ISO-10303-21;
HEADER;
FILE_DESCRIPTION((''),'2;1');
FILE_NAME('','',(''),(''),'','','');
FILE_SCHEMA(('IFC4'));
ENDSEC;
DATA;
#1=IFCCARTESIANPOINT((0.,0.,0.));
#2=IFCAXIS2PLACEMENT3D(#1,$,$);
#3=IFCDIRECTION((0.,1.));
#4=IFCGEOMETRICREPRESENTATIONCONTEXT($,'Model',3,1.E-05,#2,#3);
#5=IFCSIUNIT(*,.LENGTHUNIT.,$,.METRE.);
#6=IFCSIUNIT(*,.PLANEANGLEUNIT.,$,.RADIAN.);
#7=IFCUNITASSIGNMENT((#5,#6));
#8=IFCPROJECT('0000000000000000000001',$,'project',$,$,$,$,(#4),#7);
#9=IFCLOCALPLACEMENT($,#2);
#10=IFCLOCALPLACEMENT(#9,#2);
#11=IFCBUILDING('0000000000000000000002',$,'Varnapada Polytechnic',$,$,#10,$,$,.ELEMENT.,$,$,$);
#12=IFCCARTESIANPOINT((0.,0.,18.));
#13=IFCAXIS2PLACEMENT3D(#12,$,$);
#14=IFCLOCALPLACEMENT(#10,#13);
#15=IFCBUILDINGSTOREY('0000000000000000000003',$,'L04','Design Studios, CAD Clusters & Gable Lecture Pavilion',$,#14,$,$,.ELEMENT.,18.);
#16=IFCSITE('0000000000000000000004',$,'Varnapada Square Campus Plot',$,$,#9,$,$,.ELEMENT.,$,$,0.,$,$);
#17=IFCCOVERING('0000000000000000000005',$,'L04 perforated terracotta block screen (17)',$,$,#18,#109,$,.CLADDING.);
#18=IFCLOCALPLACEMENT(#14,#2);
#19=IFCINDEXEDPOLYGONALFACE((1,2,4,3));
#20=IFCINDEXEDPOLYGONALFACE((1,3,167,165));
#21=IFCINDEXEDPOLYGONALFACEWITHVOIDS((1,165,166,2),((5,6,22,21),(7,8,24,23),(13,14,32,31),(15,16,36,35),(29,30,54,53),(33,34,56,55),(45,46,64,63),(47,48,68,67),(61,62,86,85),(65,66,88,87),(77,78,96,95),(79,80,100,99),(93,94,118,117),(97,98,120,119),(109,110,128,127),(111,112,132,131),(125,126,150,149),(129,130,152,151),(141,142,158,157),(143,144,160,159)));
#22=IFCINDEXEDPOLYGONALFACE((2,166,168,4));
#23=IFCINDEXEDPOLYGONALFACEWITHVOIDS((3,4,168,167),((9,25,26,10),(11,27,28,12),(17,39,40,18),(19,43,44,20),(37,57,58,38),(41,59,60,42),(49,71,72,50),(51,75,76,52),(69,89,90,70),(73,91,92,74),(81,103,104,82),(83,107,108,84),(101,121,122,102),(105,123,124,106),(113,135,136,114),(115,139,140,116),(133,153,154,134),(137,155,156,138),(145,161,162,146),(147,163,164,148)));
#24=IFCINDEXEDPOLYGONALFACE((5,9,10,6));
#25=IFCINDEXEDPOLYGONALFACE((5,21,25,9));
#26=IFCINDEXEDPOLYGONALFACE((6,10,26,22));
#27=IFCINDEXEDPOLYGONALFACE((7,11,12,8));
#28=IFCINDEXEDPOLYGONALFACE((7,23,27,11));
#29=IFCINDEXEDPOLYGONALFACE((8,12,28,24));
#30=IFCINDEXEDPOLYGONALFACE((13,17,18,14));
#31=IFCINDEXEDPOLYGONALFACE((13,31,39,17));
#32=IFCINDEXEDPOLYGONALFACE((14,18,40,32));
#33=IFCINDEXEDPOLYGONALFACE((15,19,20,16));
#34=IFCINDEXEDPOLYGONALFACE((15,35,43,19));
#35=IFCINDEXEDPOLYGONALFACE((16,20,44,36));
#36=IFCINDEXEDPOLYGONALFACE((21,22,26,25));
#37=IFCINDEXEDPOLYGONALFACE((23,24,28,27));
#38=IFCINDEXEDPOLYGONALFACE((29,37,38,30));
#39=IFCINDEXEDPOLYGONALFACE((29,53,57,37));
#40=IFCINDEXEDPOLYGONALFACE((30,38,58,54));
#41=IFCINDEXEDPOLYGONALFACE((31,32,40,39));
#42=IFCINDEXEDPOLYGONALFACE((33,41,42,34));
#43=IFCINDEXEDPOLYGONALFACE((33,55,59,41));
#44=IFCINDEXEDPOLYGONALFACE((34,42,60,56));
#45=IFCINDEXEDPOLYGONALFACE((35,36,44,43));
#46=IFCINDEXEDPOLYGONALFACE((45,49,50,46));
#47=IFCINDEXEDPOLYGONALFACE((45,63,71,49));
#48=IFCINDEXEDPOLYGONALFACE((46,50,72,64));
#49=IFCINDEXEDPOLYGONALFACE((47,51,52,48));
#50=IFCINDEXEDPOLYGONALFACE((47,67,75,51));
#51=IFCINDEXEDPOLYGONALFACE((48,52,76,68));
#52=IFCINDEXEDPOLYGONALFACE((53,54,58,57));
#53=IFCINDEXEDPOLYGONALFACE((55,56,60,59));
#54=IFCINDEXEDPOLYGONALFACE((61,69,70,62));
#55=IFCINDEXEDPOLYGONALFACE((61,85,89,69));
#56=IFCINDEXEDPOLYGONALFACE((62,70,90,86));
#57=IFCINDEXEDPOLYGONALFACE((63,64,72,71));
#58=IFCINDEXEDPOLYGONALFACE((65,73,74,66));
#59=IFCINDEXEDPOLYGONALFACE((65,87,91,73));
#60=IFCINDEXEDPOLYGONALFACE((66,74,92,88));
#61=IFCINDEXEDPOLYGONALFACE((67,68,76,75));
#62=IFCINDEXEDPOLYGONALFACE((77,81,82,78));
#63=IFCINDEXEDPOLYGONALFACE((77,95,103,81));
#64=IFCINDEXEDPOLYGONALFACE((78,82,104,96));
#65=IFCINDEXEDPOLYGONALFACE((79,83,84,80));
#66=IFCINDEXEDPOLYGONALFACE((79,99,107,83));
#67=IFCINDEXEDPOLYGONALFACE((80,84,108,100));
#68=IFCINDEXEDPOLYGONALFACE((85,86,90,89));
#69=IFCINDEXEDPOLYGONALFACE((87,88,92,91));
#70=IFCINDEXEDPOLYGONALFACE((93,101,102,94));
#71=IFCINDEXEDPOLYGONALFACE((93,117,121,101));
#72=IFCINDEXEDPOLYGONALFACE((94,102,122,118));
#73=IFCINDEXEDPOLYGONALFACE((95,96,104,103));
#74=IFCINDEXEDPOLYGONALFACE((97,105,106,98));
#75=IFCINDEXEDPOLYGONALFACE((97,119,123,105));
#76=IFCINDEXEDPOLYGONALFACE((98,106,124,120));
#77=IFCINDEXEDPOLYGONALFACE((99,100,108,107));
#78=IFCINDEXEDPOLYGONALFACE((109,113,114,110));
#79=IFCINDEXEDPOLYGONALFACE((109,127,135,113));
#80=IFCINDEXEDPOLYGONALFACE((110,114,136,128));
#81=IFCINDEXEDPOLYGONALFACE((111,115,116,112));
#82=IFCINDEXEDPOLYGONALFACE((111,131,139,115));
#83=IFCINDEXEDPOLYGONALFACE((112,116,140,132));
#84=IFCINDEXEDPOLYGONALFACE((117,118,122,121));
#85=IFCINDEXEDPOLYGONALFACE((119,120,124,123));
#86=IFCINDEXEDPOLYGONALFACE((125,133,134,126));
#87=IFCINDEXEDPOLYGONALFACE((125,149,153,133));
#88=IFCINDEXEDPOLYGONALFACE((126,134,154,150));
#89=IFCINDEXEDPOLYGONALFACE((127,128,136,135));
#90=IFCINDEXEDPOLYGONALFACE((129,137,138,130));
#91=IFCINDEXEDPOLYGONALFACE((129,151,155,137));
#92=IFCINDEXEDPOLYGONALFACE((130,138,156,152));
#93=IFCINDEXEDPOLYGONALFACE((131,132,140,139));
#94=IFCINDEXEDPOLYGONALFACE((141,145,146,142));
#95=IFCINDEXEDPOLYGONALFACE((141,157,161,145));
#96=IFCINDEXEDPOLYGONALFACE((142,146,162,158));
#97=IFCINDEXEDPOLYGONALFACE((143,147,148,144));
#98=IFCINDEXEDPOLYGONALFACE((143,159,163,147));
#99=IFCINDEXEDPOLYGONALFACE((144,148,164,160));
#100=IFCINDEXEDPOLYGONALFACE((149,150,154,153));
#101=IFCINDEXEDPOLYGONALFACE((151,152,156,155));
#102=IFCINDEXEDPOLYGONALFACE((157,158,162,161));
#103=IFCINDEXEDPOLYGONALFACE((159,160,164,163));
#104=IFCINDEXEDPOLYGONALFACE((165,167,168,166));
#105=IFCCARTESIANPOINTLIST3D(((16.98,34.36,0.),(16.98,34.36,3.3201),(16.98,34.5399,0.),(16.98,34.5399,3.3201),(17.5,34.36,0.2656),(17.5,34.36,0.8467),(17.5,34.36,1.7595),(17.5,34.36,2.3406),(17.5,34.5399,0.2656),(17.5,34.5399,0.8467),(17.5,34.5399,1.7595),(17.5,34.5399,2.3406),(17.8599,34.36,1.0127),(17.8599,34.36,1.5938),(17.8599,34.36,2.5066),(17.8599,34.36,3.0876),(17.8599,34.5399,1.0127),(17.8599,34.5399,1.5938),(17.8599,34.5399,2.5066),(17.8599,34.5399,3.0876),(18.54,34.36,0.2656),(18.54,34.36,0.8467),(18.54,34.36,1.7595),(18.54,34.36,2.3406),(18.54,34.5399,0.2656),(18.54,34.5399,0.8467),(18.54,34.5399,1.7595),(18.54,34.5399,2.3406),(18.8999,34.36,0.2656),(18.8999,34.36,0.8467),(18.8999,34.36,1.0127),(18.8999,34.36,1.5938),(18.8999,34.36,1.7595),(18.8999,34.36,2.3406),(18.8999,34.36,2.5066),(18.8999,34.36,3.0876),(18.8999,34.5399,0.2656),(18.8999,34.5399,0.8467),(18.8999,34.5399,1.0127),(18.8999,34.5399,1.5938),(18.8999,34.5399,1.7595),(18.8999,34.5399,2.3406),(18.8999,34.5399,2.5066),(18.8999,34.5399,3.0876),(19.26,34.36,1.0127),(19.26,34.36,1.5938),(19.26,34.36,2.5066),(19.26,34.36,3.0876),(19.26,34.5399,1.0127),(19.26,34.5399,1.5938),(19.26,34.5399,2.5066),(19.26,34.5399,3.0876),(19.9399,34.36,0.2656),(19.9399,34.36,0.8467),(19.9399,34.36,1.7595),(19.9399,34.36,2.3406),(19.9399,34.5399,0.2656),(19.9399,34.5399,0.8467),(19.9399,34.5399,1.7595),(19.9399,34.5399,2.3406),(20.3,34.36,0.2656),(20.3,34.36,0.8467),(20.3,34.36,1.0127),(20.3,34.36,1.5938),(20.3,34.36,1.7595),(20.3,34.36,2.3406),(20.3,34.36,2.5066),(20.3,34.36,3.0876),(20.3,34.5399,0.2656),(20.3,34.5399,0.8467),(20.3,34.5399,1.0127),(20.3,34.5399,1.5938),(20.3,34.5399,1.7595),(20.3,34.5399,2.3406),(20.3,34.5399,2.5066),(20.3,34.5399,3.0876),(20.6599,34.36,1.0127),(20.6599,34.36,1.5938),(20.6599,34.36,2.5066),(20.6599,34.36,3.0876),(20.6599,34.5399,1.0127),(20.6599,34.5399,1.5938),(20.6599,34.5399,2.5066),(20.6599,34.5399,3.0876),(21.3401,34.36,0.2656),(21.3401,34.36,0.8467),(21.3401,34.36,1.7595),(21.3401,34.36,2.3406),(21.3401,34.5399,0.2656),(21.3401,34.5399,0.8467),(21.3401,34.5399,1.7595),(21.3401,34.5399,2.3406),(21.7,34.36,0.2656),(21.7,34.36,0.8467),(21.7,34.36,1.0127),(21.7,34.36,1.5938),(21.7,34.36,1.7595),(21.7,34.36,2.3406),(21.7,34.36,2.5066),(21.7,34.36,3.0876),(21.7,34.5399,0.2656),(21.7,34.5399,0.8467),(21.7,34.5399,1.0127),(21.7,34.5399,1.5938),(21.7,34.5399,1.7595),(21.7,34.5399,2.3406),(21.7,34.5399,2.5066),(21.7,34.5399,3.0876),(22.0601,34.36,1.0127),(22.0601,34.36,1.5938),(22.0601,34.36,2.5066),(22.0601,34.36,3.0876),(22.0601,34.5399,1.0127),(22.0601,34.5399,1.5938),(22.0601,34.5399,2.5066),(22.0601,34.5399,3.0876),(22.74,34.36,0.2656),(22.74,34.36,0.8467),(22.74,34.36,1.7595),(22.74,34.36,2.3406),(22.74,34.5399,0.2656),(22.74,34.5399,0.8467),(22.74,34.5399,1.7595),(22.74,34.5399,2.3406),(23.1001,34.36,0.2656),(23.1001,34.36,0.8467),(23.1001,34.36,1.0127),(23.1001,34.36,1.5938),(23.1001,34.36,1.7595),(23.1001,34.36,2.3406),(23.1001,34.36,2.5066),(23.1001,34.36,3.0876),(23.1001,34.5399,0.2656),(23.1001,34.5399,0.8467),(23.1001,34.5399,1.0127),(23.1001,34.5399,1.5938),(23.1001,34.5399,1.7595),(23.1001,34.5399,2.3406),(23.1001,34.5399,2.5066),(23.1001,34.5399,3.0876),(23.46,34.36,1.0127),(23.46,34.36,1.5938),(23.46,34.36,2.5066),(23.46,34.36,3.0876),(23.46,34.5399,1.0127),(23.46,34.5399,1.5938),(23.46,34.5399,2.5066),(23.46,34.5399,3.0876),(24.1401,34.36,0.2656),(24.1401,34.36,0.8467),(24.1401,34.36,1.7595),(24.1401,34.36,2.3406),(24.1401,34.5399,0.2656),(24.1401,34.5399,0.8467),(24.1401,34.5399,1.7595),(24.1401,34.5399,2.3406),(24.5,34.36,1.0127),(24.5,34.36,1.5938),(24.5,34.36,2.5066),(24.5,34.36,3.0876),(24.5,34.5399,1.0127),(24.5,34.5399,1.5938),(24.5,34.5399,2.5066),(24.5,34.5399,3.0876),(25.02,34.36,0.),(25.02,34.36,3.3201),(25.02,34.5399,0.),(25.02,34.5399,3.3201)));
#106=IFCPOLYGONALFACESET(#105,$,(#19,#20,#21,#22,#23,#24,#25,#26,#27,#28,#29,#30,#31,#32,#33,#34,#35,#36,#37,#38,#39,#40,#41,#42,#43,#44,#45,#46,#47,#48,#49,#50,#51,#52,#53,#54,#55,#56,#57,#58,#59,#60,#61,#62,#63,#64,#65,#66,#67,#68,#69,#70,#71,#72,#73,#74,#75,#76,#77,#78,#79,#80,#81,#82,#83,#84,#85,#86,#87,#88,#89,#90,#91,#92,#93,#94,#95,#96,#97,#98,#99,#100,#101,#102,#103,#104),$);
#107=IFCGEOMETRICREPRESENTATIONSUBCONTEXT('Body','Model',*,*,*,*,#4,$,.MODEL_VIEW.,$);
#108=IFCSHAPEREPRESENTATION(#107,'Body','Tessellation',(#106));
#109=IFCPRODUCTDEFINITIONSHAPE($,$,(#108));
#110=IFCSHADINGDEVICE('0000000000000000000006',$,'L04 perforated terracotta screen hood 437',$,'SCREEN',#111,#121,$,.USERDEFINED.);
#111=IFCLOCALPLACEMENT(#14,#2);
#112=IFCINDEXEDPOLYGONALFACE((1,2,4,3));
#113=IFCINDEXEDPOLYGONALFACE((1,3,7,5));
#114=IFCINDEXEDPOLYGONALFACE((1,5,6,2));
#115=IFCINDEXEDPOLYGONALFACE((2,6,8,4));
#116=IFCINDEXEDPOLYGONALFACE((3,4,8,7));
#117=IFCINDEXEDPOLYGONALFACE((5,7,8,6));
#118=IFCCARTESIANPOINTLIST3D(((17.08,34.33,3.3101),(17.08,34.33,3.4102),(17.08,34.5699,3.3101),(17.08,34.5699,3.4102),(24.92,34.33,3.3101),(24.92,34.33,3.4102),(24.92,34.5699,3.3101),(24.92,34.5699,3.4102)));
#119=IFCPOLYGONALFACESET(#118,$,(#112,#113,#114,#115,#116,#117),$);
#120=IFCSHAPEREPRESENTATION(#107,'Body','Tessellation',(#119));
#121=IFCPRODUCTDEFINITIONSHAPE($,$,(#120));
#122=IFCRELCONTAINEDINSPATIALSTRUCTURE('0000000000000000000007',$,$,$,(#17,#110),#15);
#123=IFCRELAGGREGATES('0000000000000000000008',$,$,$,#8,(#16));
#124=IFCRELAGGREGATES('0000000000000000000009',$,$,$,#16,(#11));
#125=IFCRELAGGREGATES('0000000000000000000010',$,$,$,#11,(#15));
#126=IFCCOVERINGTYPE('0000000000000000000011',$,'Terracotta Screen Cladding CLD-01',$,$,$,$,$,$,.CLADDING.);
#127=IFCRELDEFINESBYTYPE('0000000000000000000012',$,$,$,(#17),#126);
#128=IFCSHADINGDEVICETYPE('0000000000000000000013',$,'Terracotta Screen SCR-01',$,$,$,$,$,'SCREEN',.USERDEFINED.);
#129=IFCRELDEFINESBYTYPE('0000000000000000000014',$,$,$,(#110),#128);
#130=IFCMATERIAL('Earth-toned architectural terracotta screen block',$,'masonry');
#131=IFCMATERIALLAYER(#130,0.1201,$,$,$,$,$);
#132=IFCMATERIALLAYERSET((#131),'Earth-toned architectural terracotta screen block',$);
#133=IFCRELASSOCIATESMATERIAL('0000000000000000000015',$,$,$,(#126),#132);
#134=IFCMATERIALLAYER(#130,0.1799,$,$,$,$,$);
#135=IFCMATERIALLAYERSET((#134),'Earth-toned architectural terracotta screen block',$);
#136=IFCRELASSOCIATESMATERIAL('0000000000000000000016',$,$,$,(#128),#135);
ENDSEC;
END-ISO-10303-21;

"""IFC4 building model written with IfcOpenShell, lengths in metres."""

from ifc_helpers import new_model, si_unit, direction, frame, frame_2d, origin, origin_2d, place, context, subcontext, project, spatial, rectangle, extrude, material, layer, layer_set, type_object, element, save


model = new_model("IFC4")

# Units and contexts
model_context = context("Model", 3, precision=1e-05, world=origin(), true_north=direction((0.0, 1.0)))
body_context = subcontext(model_context, "Body", "Model", "MODEL_VIEW")
ifc_project = project(units=[si_unit("LENGTHUNIT", "METRE"), si_unit("PLANEANGLEUNIT", "RADIAN")], contexts=[model_context])

# Site, building, storey
site_placement = place(None, origin())
site = spatial("IfcSite", under=ifc_project, at=site_placement, Name="Varnapada Square Campus Plot", CompositionType="ELEMENT", RefElevation=0.0)
building_placement = place(site_placement, origin())
building = spatial("IfcBuilding", under=site, at=building_placement, Name="Varnapada Polytechnic", CompositionType="ELEMENT")
storey_placement = place(building_placement, frame((0.0, 0.0, 18.0)))
storey = spatial("IfcBuildingStorey", under=building, at=storey_placement, Name="L04", Description="Design Studios, CAD Clusters & Gable Lecture Pavilion", CompositionType="ELEMENT", Elevation=18.0)

# Covering, openings
ifc_material_1 = material(Name="Earth-toned architectural terracotta screen block", Category="masonry")
ifc_layer_1 = layer(ifc_material_1, 0.1201)
ifc_layer_set_1 = layer_set([ifc_layer_1], Name="Earth-toned architectural terracotta screen block")
covering_type = type_object("IfcCoveringType", Name="Terracotta Screen Cladding CLD-01", PredefinedType="CLADDING", material=ifc_layer_set_1)
covering_placement = place(storey_placement, frame((16.98, 34.45, 0.0), z_axis=(0.0, 0.0, 1.0), x_axis=(1.0, 0.0, 0.0)))
covering = element("IfcCovering", 1, at=covering_placement, inside=storey, type_object=covering_type, Name="L04 perforated terracotta block screen (17)", PredefinedType="CLADDING", context=body_context, shape_type="SweptSolid", body=[
    extrude(rectangle(XDim=8.04, YDim=0.1799, at=frame_2d((4.02, 0.0))), origin(), (0.0, 0.0, 1.0), 3.3201),
])
opening_1_placement = place(covering_placement, frame((0.52, 0.0, 0.2656)))
element("IfcOpeningElement", 2, at=opening_1_placement, cuts=covering, PredefinedType="OPENING", context=body_context, shape_type="SweptSolid", body=[
    extrude(rectangle(XDim=1.04, YDim=0.5811, at=frame_2d((0.52, 0.2905))), frame((0.0, 0.0999, 0.0), z_axis=(0.0, -1.0, 0.0), x_axis=(1.0, 0.0, 0.0)), (0.0, 0.0, 1.0), 0.2),
])
opening_2_placement = place(covering_placement, frame((1.9199, 0.0, 0.2656)))
element("IfcOpeningElement", 3, at=opening_2_placement, cuts=covering, PredefinedType="OPENING", context=body_context, shape_type="SweptSolid", body=[
    extrude(rectangle(XDim=1.04, YDim=0.5811, at=frame_2d((0.52, 0.2905))), frame((0.0, 0.0999, 0.0), z_axis=(0.0, -1.0, 0.0), x_axis=(1.0, 0.0, 0.0)), (0.0, 0.0, 1.0), 0.2),
])
opening_3_placement = place(covering_placement, frame((3.3201, 0.0, 0.2656)))
element("IfcOpeningElement", 4, at=opening_3_placement, cuts=covering, PredefinedType="OPENING", context=body_context, shape_type="SweptSolid", body=[
    extrude(rectangle(XDim=1.04, YDim=0.5811, at=frame_2d((0.52, 0.2905))), frame((0.0, 0.0999, 0.0), z_axis=(0.0, -1.0, 0.0), x_axis=(1.0, 0.0, 0.0)), (0.0, 0.0, 1.0), 0.2),
])
opening_4_placement = place(covering_placement, frame((4.72, 0.0, 0.2656)))
element("IfcOpeningElement", 5, at=opening_4_placement, cuts=covering, PredefinedType="OPENING", context=body_context, shape_type="SweptSolid", body=[
    extrude(rectangle(XDim=1.04, YDim=0.5811, at=frame_2d((0.52, 0.2905))), frame((0.0, 0.0999, 0.0), z_axis=(0.0, -1.0, 0.0), x_axis=(1.0, 0.0, 0.0)), (0.0, 0.0, 1.0), 0.2),
])
opening_5_placement = place(covering_placement, frame((6.1201, 0.0, 0.2656)))
element("IfcOpeningElement", 6, at=opening_5_placement, cuts=covering, PredefinedType="OPENING", context=body_context, shape_type="SweptSolid", body=[
    extrude(rectangle(XDim=1.04, YDim=0.5811, at=frame_2d((0.52, 0.2905))), frame((0.0, 0.0999, 0.0), z_axis=(0.0, -1.0, 0.0), x_axis=(1.0, 0.0, 0.0)), (0.0, 0.0, 1.0), 0.2),
])
opening_6_placement = place(covering_placement, frame((0.8799, 0.0, 1.0127)))
element("IfcOpeningElement", 7, at=opening_6_placement, cuts=covering, PredefinedType="OPENING", context=body_context, shape_type="SweptSolid", body=[
    extrude(rectangle(XDim=1.04, YDim=0.5811, at=frame_2d((0.52, 0.2905))), frame((0.0, 0.0999, 0.0), z_axis=(0.0, -1.0, 0.0), x_axis=(1.0, 0.0, 0.0)), (0.0, 0.0, 1.0), 0.2),
])
opening_7_placement = place(covering_placement, frame((2.28, 0.0, 1.0127)))
element("IfcOpeningElement", 8, at=opening_7_placement, cuts=covering, PredefinedType="OPENING", context=body_context, shape_type="SweptSolid", body=[
    extrude(rectangle(XDim=1.04, YDim=0.5811, at=frame_2d((0.52, 0.2905))), frame((0.0, 0.0999, 0.0), z_axis=(0.0, -1.0, 0.0), x_axis=(1.0, 0.0, 0.0)), (0.0, 0.0, 1.0), 0.2),
])
opening_8_placement = place(covering_placement, frame((3.6799, 0.0, 1.0127)))
element("IfcOpeningElement", 9, at=opening_8_placement, cuts=covering, PredefinedType="OPENING", context=body_context, shape_type="SweptSolid", body=[
    extrude(rectangle(XDim=1.04, YDim=0.5811, at=frame_2d((0.52, 0.2905))), frame((0.0, 0.0999, 0.0), z_axis=(0.0, -1.0, 0.0), x_axis=(1.0, 0.0, 0.0)), (0.0, 0.0, 1.0), 0.2),
])
opening_9_placement = place(covering_placement, frame((5.0801, 0.0, 1.0127)))
element("IfcOpeningElement", 10, at=opening_9_placement, cuts=covering, PredefinedType="OPENING", context=body_context, shape_type="SweptSolid", body=[
    extrude(rectangle(XDim=1.04, YDim=0.5811, at=frame_2d((0.52, 0.2905))), frame((0.0, 0.0999, 0.0), z_axis=(0.0, -1.0, 0.0), x_axis=(1.0, 0.0, 0.0)), (0.0, 0.0, 1.0), 0.2),
])
opening_10_placement = place(covering_placement, frame((6.48, 0.0, 1.0127)))
element("IfcOpeningElement", 11, at=opening_10_placement, cuts=covering, PredefinedType="OPENING", context=body_context, shape_type="SweptSolid", body=[
    extrude(rectangle(XDim=1.04, YDim=0.5811, at=frame_2d((0.52, 0.2905))), frame((0.0, 0.0999, 0.0), z_axis=(0.0, -1.0, 0.0), x_axis=(1.0, 0.0, 0.0)), (0.0, 0.0, 1.0), 0.2),
])
opening_11_placement = place(covering_placement, frame((0.52, 0.0, 1.7595)))
element("IfcOpeningElement", 12, at=opening_11_placement, cuts=covering, PredefinedType="OPENING", context=body_context, shape_type="SweptSolid", body=[
    extrude(rectangle(XDim=1.04, YDim=0.5811, at=frame_2d((0.52, 0.2905))), frame((0.0, 0.0999, 0.0), z_axis=(0.0, -1.0, 0.0), x_axis=(1.0, 0.0, 0.0)), (0.0, 0.0, 1.0), 0.2),
])
opening_12_placement = place(covering_placement, frame((1.9199, 0.0, 1.7595)))
element("IfcOpeningElement", 13, at=opening_12_placement, cuts=covering, PredefinedType="OPENING", context=body_context, shape_type="SweptSolid", body=[
    extrude(rectangle(XDim=1.04, YDim=0.5811, at=frame_2d((0.52, 0.2905))), frame((0.0, 0.0999, 0.0), z_axis=(0.0, -1.0, 0.0), x_axis=(1.0, 0.0, 0.0)), (0.0, 0.0, 1.0), 0.2),
])
opening_13_placement = place(covering_placement, frame((3.3201, 0.0, 1.7595)))
element("IfcOpeningElement", 14, at=opening_13_placement, cuts=covering, PredefinedType="OPENING", context=body_context, shape_type="SweptSolid", body=[
    extrude(rectangle(XDim=1.04, YDim=0.5811, at=frame_2d((0.52, 0.2905))), frame((0.0, 0.0999, 0.0), z_axis=(0.0, -1.0, 0.0), x_axis=(1.0, 0.0, 0.0)), (0.0, 0.0, 1.0), 0.2),
])
opening_14_placement = place(covering_placement, frame((4.72, 0.0, 1.7595)))
element("IfcOpeningElement", 15, at=opening_14_placement, cuts=covering, PredefinedType="OPENING", context=body_context, shape_type="SweptSolid", body=[
    extrude(rectangle(XDim=1.04, YDim=0.5811, at=frame_2d((0.52, 0.2905))), frame((0.0, 0.0999, 0.0), z_axis=(0.0, -1.0, 0.0), x_axis=(1.0, 0.0, 0.0)), (0.0, 0.0, 1.0), 0.2),
])
opening_15_placement = place(covering_placement, frame((6.1201, 0.0, 1.7595)))
element("IfcOpeningElement", 16, at=opening_15_placement, cuts=covering, PredefinedType="OPENING", context=body_context, shape_type="SweptSolid", body=[
    extrude(rectangle(XDim=1.04, YDim=0.5811, at=frame_2d((0.52, 0.2905))), frame((0.0, 0.0999, 0.0), z_axis=(0.0, -1.0, 0.0), x_axis=(1.0, 0.0, 0.0)), (0.0, 0.0, 1.0), 0.2),
])
opening_16_placement = place(covering_placement, frame((0.8799, 0.0, 2.5066)))
element("IfcOpeningElement", 17, at=opening_16_placement, cuts=covering, PredefinedType="OPENING", context=body_context, shape_type="SweptSolid", body=[
    extrude(rectangle(XDim=1.04, YDim=0.5811, at=frame_2d((0.52, 0.2905))), frame((0.0, 0.0999, 0.0), z_axis=(0.0, -1.0, 0.0), x_axis=(1.0, 0.0, 0.0)), (0.0, 0.0, 1.0), 0.2),
])
opening_17_placement = place(covering_placement, frame((2.28, 0.0, 2.5066)))
element("IfcOpeningElement", 18, at=opening_17_placement, cuts=covering, PredefinedType="OPENING", context=body_context, shape_type="SweptSolid", body=[
    extrude(rectangle(XDim=1.04, YDim=0.5811, at=frame_2d((0.52, 0.2905))), frame((0.0, 0.0999, 0.0), z_axis=(0.0, -1.0, 0.0), x_axis=(1.0, 0.0, 0.0)), (0.0, 0.0, 1.0), 0.2),
])
opening_18_placement = place(covering_placement, frame((3.6799, 0.0, 2.5066)))
element("IfcOpeningElement", 19, at=opening_18_placement, cuts=covering, PredefinedType="OPENING", context=body_context, shape_type="SweptSolid", body=[
    extrude(rectangle(XDim=1.04, YDim=0.5811, at=frame_2d((0.52, 0.2905))), frame((0.0, 0.0999, 0.0), z_axis=(0.0, -1.0, 0.0), x_axis=(1.0, 0.0, 0.0)), (0.0, 0.0, 1.0), 0.2),
])
opening_19_placement = place(covering_placement, frame((5.0801, 0.0, 2.5066)))
element("IfcOpeningElement", 20, at=opening_19_placement, cuts=covering, PredefinedType="OPENING", context=body_context, shape_type="SweptSolid", body=[
    extrude(rectangle(XDim=1.04, YDim=0.5811, at=frame_2d((0.52, 0.2905))), frame((0.0, 0.0999, 0.0), z_axis=(0.0, -1.0, 0.0), x_axis=(1.0, 0.0, 0.0)), (0.0, 0.0, 1.0), 0.2),
])
opening_20_placement = place(covering_placement, frame((6.48, 0.0, 2.5066)))
element("IfcOpeningElement", 21, at=opening_20_placement, cuts=covering, PredefinedType="OPENING", context=body_context, shape_type="SweptSolid", body=[
    extrude(rectangle(XDim=1.04, YDim=0.5811, at=frame_2d((0.52, 0.2905))), frame((0.0, 0.0999, 0.0), z_axis=(0.0, -1.0, 0.0), x_axis=(1.0, 0.0, 0.0)), (0.0, 0.0, 1.0), 0.2),
])

# Shading device
ifc_layer_2 = layer(ifc_material_1, 0.1799)
ifc_layer_set_2 = layer_set([ifc_layer_2], Name="Earth-toned architectural terracotta screen block")
shading_device_type = type_object("IfcShadingDeviceType", Name="Terracotta Screen SCR-01", ElementType="SCREEN", PredefinedType="USERDEFINED", material=ifc_layer_set_2)
shading_device_placement = place(storey_placement, frame((21.0, 34.45, 3.3101), z_axis=(0.0, 0.0, 1.0), x_axis=(1.0, 0.0, 0.0)))
element("IfcShadingDevice", 22, at=shading_device_placement, inside=storey, type_object=shading_device_type, Name="L04 perforated terracotta screen hood 437", ObjectType="SCREEN", PredefinedType="USERDEFINED", context=body_context, shape_type="SweptSolid", body=[
    extrude(rectangle(XDim=7.8401, YDim=0.24, at=origin_2d()), origin(), (0.0, 0.0, 1.0), 0.1001),
])

save(model, "model.ifc")
